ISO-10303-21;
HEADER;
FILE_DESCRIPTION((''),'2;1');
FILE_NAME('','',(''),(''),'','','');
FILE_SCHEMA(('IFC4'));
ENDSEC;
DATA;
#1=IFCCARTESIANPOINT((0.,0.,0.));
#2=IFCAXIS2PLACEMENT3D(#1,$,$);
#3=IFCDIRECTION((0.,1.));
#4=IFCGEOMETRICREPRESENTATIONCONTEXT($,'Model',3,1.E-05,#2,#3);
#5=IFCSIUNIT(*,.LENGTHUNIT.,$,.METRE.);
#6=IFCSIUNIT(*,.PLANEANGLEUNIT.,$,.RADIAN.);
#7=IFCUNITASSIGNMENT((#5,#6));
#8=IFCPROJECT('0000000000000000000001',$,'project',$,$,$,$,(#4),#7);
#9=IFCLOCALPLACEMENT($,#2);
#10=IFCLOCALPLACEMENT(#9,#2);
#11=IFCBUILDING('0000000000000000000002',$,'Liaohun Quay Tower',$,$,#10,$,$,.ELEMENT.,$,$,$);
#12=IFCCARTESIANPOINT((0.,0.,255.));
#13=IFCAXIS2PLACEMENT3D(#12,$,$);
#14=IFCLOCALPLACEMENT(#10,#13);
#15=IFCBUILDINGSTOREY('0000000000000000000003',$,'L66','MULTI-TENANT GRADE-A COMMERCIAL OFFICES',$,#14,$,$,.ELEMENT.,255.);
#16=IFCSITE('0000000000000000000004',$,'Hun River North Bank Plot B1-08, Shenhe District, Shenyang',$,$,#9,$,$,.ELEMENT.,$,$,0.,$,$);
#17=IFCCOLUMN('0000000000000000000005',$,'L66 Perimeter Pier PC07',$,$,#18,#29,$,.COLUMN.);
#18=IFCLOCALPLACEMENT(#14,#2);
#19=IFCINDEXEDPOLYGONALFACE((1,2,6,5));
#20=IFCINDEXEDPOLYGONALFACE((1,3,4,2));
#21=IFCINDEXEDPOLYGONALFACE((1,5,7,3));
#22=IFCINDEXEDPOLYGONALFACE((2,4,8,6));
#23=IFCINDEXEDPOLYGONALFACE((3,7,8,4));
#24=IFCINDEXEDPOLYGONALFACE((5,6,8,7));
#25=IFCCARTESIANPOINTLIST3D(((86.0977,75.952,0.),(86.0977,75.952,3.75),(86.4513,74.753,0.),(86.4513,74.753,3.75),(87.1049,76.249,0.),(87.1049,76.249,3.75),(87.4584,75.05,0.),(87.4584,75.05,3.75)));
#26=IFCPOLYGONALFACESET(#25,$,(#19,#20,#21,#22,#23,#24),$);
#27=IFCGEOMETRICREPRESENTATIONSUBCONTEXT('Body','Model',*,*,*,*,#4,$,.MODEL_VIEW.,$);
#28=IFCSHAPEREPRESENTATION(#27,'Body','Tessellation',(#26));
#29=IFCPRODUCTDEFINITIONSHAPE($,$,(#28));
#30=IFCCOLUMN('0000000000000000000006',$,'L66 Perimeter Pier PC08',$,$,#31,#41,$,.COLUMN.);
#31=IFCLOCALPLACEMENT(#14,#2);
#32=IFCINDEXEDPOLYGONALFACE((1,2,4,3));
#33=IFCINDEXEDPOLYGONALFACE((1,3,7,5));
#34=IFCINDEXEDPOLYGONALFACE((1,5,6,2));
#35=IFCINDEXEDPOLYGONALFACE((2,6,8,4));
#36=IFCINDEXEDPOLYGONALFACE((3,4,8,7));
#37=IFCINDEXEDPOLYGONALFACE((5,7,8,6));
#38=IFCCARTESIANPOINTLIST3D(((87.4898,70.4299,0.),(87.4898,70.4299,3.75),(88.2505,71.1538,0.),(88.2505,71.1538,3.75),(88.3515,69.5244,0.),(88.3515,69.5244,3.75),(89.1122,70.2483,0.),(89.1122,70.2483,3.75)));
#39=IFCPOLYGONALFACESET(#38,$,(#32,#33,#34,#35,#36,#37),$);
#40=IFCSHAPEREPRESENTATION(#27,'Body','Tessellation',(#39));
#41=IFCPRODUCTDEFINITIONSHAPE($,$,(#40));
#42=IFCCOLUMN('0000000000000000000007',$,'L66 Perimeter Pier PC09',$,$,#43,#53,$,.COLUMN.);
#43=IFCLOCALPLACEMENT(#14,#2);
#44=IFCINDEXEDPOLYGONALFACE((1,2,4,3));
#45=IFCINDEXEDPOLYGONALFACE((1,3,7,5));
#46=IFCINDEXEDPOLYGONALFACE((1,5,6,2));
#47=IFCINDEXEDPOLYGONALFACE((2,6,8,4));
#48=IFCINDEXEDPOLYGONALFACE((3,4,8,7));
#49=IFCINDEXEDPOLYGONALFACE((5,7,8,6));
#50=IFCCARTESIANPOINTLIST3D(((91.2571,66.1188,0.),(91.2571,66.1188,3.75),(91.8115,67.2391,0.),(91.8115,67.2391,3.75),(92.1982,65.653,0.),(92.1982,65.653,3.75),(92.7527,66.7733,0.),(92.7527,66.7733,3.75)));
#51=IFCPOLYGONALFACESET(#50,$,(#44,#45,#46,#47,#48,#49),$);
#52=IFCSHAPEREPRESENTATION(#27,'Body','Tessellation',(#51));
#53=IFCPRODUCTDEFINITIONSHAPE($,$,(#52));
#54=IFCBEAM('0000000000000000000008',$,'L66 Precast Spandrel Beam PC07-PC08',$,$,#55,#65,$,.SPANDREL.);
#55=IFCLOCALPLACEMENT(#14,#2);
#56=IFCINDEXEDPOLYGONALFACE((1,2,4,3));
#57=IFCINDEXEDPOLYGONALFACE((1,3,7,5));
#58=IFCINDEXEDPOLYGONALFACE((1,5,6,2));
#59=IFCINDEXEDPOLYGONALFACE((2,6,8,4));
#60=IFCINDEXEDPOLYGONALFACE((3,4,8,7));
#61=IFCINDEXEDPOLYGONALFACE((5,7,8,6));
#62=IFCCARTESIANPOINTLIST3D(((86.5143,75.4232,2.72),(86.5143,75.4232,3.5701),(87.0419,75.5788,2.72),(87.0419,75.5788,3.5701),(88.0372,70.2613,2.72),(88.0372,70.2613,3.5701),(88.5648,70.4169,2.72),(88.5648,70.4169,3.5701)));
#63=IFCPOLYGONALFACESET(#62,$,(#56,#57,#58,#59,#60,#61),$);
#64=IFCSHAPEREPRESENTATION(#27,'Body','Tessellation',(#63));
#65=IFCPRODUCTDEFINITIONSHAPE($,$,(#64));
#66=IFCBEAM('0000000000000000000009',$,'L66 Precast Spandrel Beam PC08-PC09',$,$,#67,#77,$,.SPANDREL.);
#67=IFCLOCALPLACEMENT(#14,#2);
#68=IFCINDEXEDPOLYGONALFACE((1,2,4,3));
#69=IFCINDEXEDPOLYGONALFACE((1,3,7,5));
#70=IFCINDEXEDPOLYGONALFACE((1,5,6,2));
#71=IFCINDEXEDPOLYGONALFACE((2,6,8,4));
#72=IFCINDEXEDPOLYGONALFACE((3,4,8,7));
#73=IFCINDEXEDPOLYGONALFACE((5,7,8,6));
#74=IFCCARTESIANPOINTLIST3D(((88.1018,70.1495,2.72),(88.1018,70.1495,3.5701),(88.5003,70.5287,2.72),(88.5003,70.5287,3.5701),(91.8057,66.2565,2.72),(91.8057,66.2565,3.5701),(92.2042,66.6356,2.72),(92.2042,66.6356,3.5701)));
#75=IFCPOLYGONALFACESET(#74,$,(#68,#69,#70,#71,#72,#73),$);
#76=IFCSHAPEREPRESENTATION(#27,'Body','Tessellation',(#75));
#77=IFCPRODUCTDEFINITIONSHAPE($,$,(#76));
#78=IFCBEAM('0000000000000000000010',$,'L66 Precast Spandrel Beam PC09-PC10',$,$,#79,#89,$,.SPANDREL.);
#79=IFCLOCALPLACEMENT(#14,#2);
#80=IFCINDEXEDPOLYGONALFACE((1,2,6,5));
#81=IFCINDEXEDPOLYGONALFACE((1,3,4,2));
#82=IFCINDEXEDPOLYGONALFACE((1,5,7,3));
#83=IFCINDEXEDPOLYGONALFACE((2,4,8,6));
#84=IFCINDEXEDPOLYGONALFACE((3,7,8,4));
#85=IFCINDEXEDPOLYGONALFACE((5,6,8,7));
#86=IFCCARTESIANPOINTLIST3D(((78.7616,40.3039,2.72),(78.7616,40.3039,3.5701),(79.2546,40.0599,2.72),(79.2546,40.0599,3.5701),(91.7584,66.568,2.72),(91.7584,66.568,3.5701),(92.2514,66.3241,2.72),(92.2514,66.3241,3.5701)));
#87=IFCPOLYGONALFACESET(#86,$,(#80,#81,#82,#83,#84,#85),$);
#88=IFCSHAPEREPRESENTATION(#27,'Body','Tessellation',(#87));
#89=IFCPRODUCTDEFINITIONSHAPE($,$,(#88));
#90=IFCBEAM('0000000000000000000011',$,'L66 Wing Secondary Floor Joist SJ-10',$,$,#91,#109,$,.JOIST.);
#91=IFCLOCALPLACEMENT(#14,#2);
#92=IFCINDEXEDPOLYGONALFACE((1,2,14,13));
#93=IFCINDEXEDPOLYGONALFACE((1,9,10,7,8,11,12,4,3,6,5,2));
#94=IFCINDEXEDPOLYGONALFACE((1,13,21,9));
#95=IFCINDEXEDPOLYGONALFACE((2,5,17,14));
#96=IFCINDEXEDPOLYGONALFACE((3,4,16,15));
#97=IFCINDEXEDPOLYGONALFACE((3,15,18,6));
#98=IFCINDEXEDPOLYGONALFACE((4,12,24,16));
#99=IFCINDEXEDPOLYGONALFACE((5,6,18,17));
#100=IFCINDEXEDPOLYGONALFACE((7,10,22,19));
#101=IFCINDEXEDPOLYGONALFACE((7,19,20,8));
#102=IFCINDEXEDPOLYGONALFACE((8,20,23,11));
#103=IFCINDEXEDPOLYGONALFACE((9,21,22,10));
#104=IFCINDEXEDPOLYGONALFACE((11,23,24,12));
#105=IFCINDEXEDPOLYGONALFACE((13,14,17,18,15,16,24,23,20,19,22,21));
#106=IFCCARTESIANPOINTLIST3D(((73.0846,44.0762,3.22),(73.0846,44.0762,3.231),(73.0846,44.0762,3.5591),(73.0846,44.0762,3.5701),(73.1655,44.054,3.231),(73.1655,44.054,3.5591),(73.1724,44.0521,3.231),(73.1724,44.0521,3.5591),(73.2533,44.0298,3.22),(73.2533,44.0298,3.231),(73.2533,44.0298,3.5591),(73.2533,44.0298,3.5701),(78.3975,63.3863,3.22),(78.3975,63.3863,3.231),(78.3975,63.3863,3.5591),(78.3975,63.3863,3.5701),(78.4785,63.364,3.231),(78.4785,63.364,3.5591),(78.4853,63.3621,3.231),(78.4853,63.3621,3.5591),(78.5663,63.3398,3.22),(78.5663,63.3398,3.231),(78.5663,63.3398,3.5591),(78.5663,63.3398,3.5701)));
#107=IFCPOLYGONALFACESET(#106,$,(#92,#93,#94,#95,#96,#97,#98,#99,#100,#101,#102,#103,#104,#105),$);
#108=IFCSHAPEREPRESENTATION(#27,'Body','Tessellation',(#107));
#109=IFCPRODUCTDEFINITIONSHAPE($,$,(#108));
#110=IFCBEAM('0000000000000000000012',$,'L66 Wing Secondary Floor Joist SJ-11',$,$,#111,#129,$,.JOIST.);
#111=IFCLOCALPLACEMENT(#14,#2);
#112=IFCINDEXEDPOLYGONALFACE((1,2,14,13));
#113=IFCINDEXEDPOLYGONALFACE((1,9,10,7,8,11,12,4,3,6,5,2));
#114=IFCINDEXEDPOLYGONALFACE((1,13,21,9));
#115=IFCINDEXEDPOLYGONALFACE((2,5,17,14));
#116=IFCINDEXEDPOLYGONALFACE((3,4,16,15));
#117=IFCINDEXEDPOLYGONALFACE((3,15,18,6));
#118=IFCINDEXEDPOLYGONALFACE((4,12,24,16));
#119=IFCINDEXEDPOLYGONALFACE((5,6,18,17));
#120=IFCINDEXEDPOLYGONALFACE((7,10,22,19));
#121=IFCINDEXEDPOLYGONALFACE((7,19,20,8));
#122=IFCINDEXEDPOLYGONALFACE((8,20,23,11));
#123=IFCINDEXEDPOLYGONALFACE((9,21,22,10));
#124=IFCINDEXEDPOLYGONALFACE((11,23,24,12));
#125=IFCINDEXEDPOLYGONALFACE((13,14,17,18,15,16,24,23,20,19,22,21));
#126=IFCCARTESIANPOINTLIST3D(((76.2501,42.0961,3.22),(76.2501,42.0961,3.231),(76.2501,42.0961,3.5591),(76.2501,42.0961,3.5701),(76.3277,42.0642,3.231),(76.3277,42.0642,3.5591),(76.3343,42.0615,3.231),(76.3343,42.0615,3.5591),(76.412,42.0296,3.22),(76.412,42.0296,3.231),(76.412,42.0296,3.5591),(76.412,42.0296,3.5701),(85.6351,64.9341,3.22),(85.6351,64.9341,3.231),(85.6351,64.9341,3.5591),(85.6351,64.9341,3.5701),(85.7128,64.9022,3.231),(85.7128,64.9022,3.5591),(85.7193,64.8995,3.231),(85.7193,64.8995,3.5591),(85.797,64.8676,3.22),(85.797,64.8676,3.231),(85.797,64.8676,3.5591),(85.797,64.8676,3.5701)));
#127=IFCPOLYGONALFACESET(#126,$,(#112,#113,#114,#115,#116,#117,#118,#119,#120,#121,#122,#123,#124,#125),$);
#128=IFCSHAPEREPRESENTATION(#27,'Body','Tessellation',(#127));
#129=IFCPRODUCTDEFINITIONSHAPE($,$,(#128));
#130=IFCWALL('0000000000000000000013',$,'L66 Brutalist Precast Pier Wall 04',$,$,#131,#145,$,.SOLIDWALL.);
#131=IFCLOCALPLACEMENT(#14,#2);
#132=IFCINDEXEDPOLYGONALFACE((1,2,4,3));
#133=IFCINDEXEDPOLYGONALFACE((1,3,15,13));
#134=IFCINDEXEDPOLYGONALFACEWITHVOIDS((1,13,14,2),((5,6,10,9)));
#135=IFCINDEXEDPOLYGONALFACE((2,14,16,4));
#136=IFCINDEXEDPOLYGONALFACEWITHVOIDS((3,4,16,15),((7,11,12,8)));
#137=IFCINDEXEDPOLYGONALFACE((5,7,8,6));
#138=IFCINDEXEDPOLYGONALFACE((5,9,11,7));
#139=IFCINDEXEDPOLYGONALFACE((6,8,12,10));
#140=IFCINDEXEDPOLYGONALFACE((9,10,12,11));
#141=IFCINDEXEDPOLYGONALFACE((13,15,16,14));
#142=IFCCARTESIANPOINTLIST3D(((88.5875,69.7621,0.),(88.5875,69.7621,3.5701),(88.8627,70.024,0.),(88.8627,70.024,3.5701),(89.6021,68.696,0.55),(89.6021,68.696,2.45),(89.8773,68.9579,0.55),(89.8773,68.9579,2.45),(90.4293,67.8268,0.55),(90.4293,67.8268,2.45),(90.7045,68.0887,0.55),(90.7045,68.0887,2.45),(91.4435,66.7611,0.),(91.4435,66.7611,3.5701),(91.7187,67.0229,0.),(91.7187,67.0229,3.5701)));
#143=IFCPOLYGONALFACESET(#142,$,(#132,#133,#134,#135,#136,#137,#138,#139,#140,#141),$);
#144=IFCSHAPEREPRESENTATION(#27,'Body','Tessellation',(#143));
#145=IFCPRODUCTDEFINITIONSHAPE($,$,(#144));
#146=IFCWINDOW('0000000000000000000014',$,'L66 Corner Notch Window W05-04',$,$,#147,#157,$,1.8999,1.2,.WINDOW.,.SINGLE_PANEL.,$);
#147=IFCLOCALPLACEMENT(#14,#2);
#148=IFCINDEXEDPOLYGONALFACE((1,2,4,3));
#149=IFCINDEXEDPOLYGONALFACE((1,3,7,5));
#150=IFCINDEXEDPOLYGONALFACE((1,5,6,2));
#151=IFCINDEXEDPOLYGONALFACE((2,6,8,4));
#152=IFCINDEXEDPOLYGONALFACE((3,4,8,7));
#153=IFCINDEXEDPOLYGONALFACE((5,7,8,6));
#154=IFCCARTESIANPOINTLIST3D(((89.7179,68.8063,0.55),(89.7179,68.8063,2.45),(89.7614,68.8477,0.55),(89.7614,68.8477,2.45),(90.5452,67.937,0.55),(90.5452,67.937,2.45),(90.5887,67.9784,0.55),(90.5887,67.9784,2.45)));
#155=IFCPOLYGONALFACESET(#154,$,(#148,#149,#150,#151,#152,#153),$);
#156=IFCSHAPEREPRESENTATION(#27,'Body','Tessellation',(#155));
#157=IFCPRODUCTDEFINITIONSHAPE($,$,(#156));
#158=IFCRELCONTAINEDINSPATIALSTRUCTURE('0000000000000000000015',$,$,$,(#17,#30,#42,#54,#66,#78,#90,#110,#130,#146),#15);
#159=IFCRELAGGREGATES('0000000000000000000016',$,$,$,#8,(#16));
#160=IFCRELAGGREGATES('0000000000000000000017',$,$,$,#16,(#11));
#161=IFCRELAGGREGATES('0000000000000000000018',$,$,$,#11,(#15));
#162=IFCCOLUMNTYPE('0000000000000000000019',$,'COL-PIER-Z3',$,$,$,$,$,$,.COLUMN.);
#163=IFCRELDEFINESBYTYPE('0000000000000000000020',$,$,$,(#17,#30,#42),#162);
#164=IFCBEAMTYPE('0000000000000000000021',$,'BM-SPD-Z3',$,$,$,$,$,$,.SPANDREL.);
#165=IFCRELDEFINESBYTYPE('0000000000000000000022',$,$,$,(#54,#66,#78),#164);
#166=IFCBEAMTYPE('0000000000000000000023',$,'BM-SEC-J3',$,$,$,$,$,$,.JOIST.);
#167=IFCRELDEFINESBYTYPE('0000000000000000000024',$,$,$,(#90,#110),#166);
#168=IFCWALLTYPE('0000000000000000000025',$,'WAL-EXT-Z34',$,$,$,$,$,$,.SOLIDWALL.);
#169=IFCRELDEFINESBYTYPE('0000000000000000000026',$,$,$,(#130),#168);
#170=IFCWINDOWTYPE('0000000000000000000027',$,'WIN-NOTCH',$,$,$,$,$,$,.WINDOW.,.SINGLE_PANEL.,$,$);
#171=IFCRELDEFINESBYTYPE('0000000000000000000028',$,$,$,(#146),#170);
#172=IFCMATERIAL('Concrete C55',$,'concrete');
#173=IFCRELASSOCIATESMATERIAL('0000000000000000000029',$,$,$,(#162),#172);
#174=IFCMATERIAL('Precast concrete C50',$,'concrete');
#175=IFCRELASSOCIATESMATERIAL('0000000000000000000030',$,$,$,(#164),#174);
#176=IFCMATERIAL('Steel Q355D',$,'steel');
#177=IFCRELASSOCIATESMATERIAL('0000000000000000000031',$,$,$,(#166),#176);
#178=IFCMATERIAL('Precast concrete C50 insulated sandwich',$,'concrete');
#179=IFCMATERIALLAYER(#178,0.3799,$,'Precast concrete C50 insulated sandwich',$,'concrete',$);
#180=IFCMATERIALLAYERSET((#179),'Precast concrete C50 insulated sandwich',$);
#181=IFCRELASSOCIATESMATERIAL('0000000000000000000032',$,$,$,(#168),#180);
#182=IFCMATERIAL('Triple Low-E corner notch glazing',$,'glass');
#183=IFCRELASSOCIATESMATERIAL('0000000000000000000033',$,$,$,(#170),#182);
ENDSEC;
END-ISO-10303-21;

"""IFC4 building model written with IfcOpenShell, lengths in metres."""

from ifc_helpers import new_model, si_unit, direction, frame, frame_2d, origin, origin_2d, place, context, subcontext, project, spatial, rectangle, i_section, extrude, source, transform, mapped, material, layer, layer_set, material_profile, profile_set, type_object, element, fill, save


model = new_model("IFC4")

# Units and contexts
model_context = context("Model", 3, precision=1e-05, world=origin(), true_north=direction((0.0, 1.0)))
body_context = subcontext(model_context, "Body", "Model", "MODEL_VIEW")
ifc_project = project(units=[si_unit("LENGTHUNIT", "METRE"), si_unit("PLANEANGLEUNIT", "RADIAN")], contexts=[model_context])

# Site, building, storey
site_placement = place(None, origin())
site = spatial("IfcSite", under=ifc_project, at=site_placement, Name="Hun River North Bank Plot B1-08, Shenhe District, Shenyang", CompositionType="ELEMENT", RefElevation=0.0)
building_placement = place(site_placement, origin())
building = spatial("IfcBuilding", under=site, at=building_placement, Name="Liaohun Quay Tower", CompositionType="ELEMENT")
storey_placement = place(building_placement, frame((0.0, 0.0, 255.0)))
storey = spatial("IfcBuildingStorey", under=building, at=storey_placement, Name="L66", Description="MULTI-TENANT GRADE-A COMMERCIAL OFFICES", CompositionType="ELEMENT", Elevation=255.0)

# Columns
ifc_material_1 = material(Name="Concrete C55", Category="concrete")
ifc_material_profile_1 = material_profile(ifc_material_1, rectangle(XDim=1.25, YDim=1.05, at=origin_2d()), Name="RC1250x1050")
ifc_profile_set_1 = profile_set([ifc_material_profile_1], Name="Concrete C55")
column_type = type_object("IfcColumnType", Name="COL-PIER-Z3", PredefinedType="COLUMN", material=ifc_profile_set_1)
shared_shape_1 = source(origin(), body_context, "Body", "SweptSolid", [
    extrude(rectangle(XDim=1.25, YDim=1.05, at=origin_2d()), origin(), (0.0, 0.0, 1.0), 3.75),
])
for number, where, z_axis, x_axis, name in (
    (1, (86.7781, 75.501, 0.0), (0.0, 0.0, 1.0), (-0.282844, 0.959166, 0.0), "L66 Perimeter Pier PC07"),
    (2, (88.301, 70.3391, 0.0), (0.0, 0.0, 1.0), (-0.689367, 0.724413, 0.0), "L66 Perimeter Pier PC08"),
    (3, (92.0049, 66.446, 0.0), (0.0, 0.0, 1.0), (0.443541, 0.896254, 0.0), "L66 Perimeter Pier PC09"),
):
    element("IfcColumn", number, at=place(storey_placement, frame(where, z_axis=z_axis, x_axis=x_axis)), inside=storey, type_object=column_type, Name=name, PredefinedType="COLUMN", context=body_context, shape_type="MappedRepresentation", body=[
        mapped(shared_shape_1, transform((0.0, 0.0, 0.0), x_axis=(1.0, 0.0, 0.0), y_axis=(0.0, 1.0, 0.0), z_axis=(0.0, 0.0, 1.0), scale=1.0)),
    ])

# Beams
ifc_material_2 = material(Name="Precast concrete C50", Category="concrete")
ifc_material_profile_2 = material_profile(ifc_material_2, rectangle(XDim=0.55, YDim=0.8501, at=origin_2d()), Name="RC550x850")
ifc_profile_set_2 = profile_set([ifc_material_profile_2], Name="Precast concrete C50")
beam_type_1 = type_object("IfcBeamType", Name="BM-SPD-Z3", PredefinedType="SPANDREL", material=ifc_profile_set_2)
shared_shape_2 = source(origin(), body_context, "Body", "SweptSolid", [
    extrude(rectangle(XDim=0.55, YDim=0.8501, at=origin_2d()), origin(), (0.0, 0.0, 1.0), 5.3818),
])
beam_1_placement = place(storey_placement, frame((86.7781, 75.501, 3.145), z_axis=(0.282979, -0.959126, 0.0), x_axis=(0.959126, 0.282979, 0.0)))
element("IfcBeam", 4, at=beam_1_placement, inside=storey, type_object=beam_type_1, Name="L66 Precast Spandrel Beam PC07-PC08", PredefinedType="SPANDREL", context=body_context, shape_type="MappedRepresentation", body=[
    mapped(shared_shape_2, transform((0.0, 0.0, 0.0), x_axis=(1.0, 0.0, 0.0), y_axis=(0.0, 1.0, 0.0), z_axis=(0.0, 0.0, 1.0), scale=1.0)),
])
shared_shape_3 = source(origin(), body_context, "Body", "SweptSolid", [
    extrude(rectangle(XDim=0.55, YDim=0.8501, at=origin_2d()), origin(), (0.0, 0.0, 1.0), 5.3735),
])
beam_2_placement = place(storey_placement, frame((88.301, 70.3391, 3.145), z_axis=(0.689282, -0.724493, 0.0), x_axis=(0.724493, 0.689282, 0.0)))
element("IfcBeam", 5, at=beam_2_placement, inside=storey, type_object=beam_type_1, Name="L66 Precast Spandrel Beam PC08-PC09", PredefinedType="SPANDREL", context=body_context, shape_type="MappedRepresentation", body=[
    mapped(shared_shape_3, transform((0.0, 0.0, 0.0), x_axis=(1.0, 0.0, 0.0), y_axis=(0.0, 1.0, 0.0), z_axis=(0.0, 0.0, 1.0), scale=1.0)),
])
shared_shape_4 = source(origin(), body_context, "Body", "SweptSolid", [
    extrude(rectangle(XDim=0.55, YDim=0.8501, at=origin_2d()), origin(), (0.0, 0.0, 1.0), 29.304),
])
beam_3_placement = place(storey_placement, frame((92.0049, 66.446, 3.145), z_axis=(-0.443517, -0.896266, 0.0), x_axis=(0.896266, -0.443517, 0.0)))
element("IfcBeam", 6, at=beam_3_placement, inside=storey, type_object=beam_type_1, Name="L66 Precast Spandrel Beam PC09-PC10", PredefinedType="SPANDREL", context=body_context, shape_type="MappedRepresentation", body=[
    mapped(shared_shape_4, transform((0.0, 0.0, 0.0), x_axis=(1.0, 0.0, 0.0), y_axis=(0.0, 1.0, 0.0), z_axis=(0.0, 0.0, 1.0), scale=1.0)),
])
ifc_material_3 = material(Name="Steel Q355D", Category="steel")
ifc_material_profile_3 = material_profile(ifc_material_3, i_section(OverallWidth=0.175, OverallDepth=0.3501, WebThickness=0.0071, FlangeThickness=0.011, at=origin_2d()), Name="HN350x175x7x11")
ifc_profile_set_3 = profile_set([ifc_material_profile_3], Name="Steel Q355D")
beam_type_2 = type_object("IfcBeamType", Name="BM-SEC-J3", PredefinedType="JOIST", material=ifc_profile_set_3)
shared_shape_5 = source(origin(), body_context, "Body", "SweptSolid", [
    extrude(i_section(OverallWidth=0.175, OverallDepth=0.3501, WebThickness=0.0071, FlangeThickness=0.011, at=origin_2d()), origin(), (0.0, 0.0, 1.0), 20.0276),
])
beam_4_placement = place(storey_placement, frame((78.4819, 63.363, 3.395), z_axis=(-0.265283, -0.964171, 0.0), x_axis=(0.964171, -0.265283, 0.0)))
element("IfcBeam", 7, at=beam_4_placement, inside=storey, type_object=beam_type_2, Name="L66 Wing Secondary Floor Joist SJ-10", PredefinedType="JOIST", context=body_context, shape_type="MappedRepresentation", body=[
    mapped(shared_shape_5, transform((0.0, 0.0, 0.0), x_axis=(1.0, 0.0, 0.0), y_axis=(0.0, 1.0, 0.0), z_axis=(0.0, 0.0, 1.0), scale=1.0)),
])
shared_shape_6 = source(origin(), body_context, "Body", "SweptSolid", [
    extrude(i_section(OverallWidth=0.175, OverallDepth=0.3501, WebThickness=0.0071, FlangeThickness=0.011, at=origin_2d()), origin(), (0.0, 0.0, 1.0), 24.6912),
])
beam_5_placement = place(storey_placement, frame((85.7161, 64.9009, 3.395), z_axis=(-0.380098, -0.924946, 0.0), x_axis=(0.924946, -0.380098, 0.0)))
element("IfcBeam", 8, at=beam_5_placement, inside=storey, type_object=beam_type_2, Name="L66 Wing Secondary Floor Joist SJ-11", PredefinedType="JOIST", context=body_context, shape_type="MappedRepresentation", body=[
    mapped(shared_shape_6, transform((0.0, 0.0, 0.0), x_axis=(1.0, 0.0, 0.0), y_axis=(0.0, 1.0, 0.0), z_axis=(0.0, 0.0, 1.0), scale=1.0)),
])

# Wall, opening, window
ifc_material_4 = material(Name="Precast concrete C50 insulated sandwich", Category="concrete")
ifc_layer_1 = layer(ifc_material_4, 0.3799, Name="Precast concrete C50 insulated sandwich", Category="concrete")
ifc_layer_set_1 = layer_set([ifc_layer_1], Name="Precast concrete C50 insulated sandwich")
wall_type_1 = type_object("IfcWallType", Name="WAL-EXT-Z34", PredefinedType="SOLIDWALL", material=ifc_layer_set_1)
wall_1_placement = place(storey_placement, frame((91.5811, 66.8921, 0.0), z_axis=(0.0, 0.0, 1.0), x_axis=(-0.689387, 0.724393, 0.0)))
wall_1 = element("IfcWall", 9, at=wall_1_placement, inside=storey, type_object=wall_type_1, Name="L66 Brutalist Precast Pier Wall 04", PredefinedType="SOLIDWALL", context=body_context, shape_type="SweptSolid", body=[
    extrude(rectangle(XDim=4.1428, YDim=0.3799, at=frame_2d((2.0713, 0.0))), origin(), (0.0, 0.0, 1.0), 3.5701),
])
shared_shape_7 = source(origin(), body_context, "Body", "SweptSolid", [
    extrude(rectangle(XDim=1.2, YDim=1.8999, at=frame_2d((0.6001, 0.95))), frame((0.0, 0.2, 0.0), z_axis=(0.0, -1.0, 0.0), x_axis=(1.0, 0.0, 0.0)), (0.0, 0.0, 1.0), 0.3999),
])
opening_1_placement = place(wall_1_placement, frame((1.4709, 0.0, 0.55)))
opening_1 = element("IfcOpeningElement", 10, at=opening_1_placement, cuts=wall_1, PredefinedType="OPENING", context=body_context, shape_type="MappedRepresentation", body=[
    mapped(shared_shape_7, transform((0.0, 0.0, 0.0), x_axis=(1.0, 0.0, 0.0), y_axis=(0.0, 1.0, 0.0), z_axis=(0.0, 0.0, 1.0), scale=1.0)),
])
ifc_material_5 = material(Name="Triple Low-E corner notch glazing", Category="glass")
window_type_1 = type_object("IfcWindowType", Name="WIN-NOTCH", PartitioningType="SINGLE_PANEL", PredefinedType="WINDOW", material=ifc_material_5)
shared_shape_8 = source(origin(), body_context, "Body", "SweptSolid", [
    extrude(rectangle(XDim=1.2, YDim=1.8999, at=frame_2d((0.6001, 0.95))), frame((0.0, 0.03, 0.0), z_axis=(0.0, -1.0, 0.0), x_axis=(1.0, 0.0, 0.0)), (0.0, 0.0, 1.0), 0.0601),
])
window_1_placement = place(opening_1_placement, origin())
window_1 = element("IfcWindow", 11, at=window_1_placement, inside=storey, type_object=window_type_1, Name="L66 Corner Notch Window W05-04", OverallHeight=1.8999, OverallWidth=1.2, PartitioningType="SINGLE_PANEL", PredefinedType="WINDOW", context=body_context, shape_type="MappedRepresentation", body=[
    mapped(shared_shape_8, transform((0.0, 0.0, 0.0), x_axis=(1.0, 0.0, 0.0), y_axis=(0.0, 1.0, 0.0), z_axis=(0.0, 0.0, 1.0), scale=1.0)),
])
fill(opening_1, window_1)

save(model, "model.ifc")
